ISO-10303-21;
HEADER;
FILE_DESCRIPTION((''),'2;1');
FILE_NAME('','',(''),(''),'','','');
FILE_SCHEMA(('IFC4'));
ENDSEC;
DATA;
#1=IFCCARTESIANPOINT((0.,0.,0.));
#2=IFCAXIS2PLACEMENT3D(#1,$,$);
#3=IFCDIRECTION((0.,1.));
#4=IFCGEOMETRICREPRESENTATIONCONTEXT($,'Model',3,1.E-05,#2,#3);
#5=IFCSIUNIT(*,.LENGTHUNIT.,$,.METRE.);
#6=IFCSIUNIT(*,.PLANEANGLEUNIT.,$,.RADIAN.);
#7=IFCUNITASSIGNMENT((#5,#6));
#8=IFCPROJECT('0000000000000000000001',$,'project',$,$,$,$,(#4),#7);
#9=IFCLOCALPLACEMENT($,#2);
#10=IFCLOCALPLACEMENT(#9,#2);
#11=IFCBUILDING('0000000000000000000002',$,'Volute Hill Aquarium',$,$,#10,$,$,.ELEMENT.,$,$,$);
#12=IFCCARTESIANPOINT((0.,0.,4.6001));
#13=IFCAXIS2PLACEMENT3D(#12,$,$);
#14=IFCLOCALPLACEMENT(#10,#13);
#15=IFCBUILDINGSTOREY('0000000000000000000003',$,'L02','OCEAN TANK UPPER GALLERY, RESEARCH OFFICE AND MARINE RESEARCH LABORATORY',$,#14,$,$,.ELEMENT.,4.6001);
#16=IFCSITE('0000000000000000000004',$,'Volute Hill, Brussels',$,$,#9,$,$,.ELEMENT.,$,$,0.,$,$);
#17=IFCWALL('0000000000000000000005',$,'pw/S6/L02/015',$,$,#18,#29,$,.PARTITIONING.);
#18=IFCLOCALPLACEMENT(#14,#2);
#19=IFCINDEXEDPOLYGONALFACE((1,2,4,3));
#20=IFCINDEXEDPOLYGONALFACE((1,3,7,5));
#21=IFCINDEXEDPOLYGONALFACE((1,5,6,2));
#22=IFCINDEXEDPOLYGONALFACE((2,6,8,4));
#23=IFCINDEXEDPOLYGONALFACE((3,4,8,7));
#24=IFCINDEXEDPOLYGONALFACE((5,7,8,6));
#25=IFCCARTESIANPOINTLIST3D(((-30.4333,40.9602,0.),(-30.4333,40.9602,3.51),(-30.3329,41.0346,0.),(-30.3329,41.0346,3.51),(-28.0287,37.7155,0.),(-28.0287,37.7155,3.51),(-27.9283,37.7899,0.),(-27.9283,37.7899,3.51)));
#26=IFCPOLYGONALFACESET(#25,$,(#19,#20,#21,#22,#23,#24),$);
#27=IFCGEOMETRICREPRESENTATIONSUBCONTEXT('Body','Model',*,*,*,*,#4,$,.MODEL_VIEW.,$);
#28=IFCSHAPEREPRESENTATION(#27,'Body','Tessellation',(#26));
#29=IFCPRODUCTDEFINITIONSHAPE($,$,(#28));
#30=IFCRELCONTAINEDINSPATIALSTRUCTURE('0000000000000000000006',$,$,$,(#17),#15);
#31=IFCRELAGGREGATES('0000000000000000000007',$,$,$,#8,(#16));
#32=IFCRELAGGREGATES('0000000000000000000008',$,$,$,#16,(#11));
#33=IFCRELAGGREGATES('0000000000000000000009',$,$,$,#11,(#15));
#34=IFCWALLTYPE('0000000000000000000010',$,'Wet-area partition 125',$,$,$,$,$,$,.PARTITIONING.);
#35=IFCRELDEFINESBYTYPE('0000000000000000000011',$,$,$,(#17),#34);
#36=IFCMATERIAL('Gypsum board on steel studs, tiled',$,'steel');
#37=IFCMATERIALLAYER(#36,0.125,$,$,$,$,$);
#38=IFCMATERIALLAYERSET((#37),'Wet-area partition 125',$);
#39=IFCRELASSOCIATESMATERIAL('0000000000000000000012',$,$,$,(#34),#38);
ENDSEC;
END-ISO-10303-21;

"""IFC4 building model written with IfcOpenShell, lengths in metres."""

from ifc_helpers import new_model, si_unit, direction, frame, frame_2d, origin, place, context, subcontext, project, spatial, rectangle, extrude, material, layer, layer_set, type_object, element, save


model = new_model("IFC4")

# Units and contexts
model_context = context("Model", 3, precision=1e-05, world=origin(), true_north=direction((0.0, 1.0)))
body_context = subcontext(model_context, "Body", "Model", "MODEL_VIEW")
ifc_project = project(units=[si_unit("LENGTHUNIT", "METRE"), si_unit("PLANEANGLEUNIT", "RADIAN")], contexts=[model_context])

# Site, building, storey
site_placement = place(None, origin())
site = spatial("IfcSite", under=ifc_project, at=site_placement, Name="Volute Hill, Brussels", CompositionType="ELEMENT", RefElevation=0.0)
building_placement = place(site_placement, origin())
building = spatial("IfcBuilding", under=site, at=building_placement, Name="Volute Hill Aquarium", CompositionType="ELEMENT")
storey_placement = place(building_placement, frame((0.0, 0.0, 4.6001)))
storey = spatial("IfcBuildingStorey", under=building, at=storey_placement, Name="L02", Description="OCEAN TANK UPPER GALLERY, RESEARCH OFFICE AND MARINE RESEARCH LABORATORY", CompositionType="ELEMENT", Elevation=4.6001)

# Wall
ifc_material_1 = material(Name="Gypsum board on steel studs, tiled", Category="steel")
ifc_layer_1 = layer(ifc_material_1, 0.125)
ifc_layer_set_1 = layer_set([ifc_layer_1], Name="Wet-area partition 125")
wall_type_1 = type_object("IfcWallType", Name="Wet-area partition 125", PredefinedType="PARTITIONING", material=ifc_layer_set_1)
wall_1_placement = place(storey_placement, frame((-27.9785, 37.7527, 0.0), z_axis=(0.0, 0.0, 1.0), x_axis=(-0.595405, 0.803425, 0.0)))
element("IfcWall", 1, at=wall_1_placement, inside=storey, type_object=wall_type_1, Name="pw/S6/L02/015", PredefinedType="PARTITIONING", context=body_context, shape_type="SweptSolid", body=[
    extrude(rectangle(XDim=4.0386, YDim=0.125, at=frame_2d((2.0193, 0.0))), origin(), (0.0, 0.0, 1.0), 3.51),
])

save(model, "model.ifc")
